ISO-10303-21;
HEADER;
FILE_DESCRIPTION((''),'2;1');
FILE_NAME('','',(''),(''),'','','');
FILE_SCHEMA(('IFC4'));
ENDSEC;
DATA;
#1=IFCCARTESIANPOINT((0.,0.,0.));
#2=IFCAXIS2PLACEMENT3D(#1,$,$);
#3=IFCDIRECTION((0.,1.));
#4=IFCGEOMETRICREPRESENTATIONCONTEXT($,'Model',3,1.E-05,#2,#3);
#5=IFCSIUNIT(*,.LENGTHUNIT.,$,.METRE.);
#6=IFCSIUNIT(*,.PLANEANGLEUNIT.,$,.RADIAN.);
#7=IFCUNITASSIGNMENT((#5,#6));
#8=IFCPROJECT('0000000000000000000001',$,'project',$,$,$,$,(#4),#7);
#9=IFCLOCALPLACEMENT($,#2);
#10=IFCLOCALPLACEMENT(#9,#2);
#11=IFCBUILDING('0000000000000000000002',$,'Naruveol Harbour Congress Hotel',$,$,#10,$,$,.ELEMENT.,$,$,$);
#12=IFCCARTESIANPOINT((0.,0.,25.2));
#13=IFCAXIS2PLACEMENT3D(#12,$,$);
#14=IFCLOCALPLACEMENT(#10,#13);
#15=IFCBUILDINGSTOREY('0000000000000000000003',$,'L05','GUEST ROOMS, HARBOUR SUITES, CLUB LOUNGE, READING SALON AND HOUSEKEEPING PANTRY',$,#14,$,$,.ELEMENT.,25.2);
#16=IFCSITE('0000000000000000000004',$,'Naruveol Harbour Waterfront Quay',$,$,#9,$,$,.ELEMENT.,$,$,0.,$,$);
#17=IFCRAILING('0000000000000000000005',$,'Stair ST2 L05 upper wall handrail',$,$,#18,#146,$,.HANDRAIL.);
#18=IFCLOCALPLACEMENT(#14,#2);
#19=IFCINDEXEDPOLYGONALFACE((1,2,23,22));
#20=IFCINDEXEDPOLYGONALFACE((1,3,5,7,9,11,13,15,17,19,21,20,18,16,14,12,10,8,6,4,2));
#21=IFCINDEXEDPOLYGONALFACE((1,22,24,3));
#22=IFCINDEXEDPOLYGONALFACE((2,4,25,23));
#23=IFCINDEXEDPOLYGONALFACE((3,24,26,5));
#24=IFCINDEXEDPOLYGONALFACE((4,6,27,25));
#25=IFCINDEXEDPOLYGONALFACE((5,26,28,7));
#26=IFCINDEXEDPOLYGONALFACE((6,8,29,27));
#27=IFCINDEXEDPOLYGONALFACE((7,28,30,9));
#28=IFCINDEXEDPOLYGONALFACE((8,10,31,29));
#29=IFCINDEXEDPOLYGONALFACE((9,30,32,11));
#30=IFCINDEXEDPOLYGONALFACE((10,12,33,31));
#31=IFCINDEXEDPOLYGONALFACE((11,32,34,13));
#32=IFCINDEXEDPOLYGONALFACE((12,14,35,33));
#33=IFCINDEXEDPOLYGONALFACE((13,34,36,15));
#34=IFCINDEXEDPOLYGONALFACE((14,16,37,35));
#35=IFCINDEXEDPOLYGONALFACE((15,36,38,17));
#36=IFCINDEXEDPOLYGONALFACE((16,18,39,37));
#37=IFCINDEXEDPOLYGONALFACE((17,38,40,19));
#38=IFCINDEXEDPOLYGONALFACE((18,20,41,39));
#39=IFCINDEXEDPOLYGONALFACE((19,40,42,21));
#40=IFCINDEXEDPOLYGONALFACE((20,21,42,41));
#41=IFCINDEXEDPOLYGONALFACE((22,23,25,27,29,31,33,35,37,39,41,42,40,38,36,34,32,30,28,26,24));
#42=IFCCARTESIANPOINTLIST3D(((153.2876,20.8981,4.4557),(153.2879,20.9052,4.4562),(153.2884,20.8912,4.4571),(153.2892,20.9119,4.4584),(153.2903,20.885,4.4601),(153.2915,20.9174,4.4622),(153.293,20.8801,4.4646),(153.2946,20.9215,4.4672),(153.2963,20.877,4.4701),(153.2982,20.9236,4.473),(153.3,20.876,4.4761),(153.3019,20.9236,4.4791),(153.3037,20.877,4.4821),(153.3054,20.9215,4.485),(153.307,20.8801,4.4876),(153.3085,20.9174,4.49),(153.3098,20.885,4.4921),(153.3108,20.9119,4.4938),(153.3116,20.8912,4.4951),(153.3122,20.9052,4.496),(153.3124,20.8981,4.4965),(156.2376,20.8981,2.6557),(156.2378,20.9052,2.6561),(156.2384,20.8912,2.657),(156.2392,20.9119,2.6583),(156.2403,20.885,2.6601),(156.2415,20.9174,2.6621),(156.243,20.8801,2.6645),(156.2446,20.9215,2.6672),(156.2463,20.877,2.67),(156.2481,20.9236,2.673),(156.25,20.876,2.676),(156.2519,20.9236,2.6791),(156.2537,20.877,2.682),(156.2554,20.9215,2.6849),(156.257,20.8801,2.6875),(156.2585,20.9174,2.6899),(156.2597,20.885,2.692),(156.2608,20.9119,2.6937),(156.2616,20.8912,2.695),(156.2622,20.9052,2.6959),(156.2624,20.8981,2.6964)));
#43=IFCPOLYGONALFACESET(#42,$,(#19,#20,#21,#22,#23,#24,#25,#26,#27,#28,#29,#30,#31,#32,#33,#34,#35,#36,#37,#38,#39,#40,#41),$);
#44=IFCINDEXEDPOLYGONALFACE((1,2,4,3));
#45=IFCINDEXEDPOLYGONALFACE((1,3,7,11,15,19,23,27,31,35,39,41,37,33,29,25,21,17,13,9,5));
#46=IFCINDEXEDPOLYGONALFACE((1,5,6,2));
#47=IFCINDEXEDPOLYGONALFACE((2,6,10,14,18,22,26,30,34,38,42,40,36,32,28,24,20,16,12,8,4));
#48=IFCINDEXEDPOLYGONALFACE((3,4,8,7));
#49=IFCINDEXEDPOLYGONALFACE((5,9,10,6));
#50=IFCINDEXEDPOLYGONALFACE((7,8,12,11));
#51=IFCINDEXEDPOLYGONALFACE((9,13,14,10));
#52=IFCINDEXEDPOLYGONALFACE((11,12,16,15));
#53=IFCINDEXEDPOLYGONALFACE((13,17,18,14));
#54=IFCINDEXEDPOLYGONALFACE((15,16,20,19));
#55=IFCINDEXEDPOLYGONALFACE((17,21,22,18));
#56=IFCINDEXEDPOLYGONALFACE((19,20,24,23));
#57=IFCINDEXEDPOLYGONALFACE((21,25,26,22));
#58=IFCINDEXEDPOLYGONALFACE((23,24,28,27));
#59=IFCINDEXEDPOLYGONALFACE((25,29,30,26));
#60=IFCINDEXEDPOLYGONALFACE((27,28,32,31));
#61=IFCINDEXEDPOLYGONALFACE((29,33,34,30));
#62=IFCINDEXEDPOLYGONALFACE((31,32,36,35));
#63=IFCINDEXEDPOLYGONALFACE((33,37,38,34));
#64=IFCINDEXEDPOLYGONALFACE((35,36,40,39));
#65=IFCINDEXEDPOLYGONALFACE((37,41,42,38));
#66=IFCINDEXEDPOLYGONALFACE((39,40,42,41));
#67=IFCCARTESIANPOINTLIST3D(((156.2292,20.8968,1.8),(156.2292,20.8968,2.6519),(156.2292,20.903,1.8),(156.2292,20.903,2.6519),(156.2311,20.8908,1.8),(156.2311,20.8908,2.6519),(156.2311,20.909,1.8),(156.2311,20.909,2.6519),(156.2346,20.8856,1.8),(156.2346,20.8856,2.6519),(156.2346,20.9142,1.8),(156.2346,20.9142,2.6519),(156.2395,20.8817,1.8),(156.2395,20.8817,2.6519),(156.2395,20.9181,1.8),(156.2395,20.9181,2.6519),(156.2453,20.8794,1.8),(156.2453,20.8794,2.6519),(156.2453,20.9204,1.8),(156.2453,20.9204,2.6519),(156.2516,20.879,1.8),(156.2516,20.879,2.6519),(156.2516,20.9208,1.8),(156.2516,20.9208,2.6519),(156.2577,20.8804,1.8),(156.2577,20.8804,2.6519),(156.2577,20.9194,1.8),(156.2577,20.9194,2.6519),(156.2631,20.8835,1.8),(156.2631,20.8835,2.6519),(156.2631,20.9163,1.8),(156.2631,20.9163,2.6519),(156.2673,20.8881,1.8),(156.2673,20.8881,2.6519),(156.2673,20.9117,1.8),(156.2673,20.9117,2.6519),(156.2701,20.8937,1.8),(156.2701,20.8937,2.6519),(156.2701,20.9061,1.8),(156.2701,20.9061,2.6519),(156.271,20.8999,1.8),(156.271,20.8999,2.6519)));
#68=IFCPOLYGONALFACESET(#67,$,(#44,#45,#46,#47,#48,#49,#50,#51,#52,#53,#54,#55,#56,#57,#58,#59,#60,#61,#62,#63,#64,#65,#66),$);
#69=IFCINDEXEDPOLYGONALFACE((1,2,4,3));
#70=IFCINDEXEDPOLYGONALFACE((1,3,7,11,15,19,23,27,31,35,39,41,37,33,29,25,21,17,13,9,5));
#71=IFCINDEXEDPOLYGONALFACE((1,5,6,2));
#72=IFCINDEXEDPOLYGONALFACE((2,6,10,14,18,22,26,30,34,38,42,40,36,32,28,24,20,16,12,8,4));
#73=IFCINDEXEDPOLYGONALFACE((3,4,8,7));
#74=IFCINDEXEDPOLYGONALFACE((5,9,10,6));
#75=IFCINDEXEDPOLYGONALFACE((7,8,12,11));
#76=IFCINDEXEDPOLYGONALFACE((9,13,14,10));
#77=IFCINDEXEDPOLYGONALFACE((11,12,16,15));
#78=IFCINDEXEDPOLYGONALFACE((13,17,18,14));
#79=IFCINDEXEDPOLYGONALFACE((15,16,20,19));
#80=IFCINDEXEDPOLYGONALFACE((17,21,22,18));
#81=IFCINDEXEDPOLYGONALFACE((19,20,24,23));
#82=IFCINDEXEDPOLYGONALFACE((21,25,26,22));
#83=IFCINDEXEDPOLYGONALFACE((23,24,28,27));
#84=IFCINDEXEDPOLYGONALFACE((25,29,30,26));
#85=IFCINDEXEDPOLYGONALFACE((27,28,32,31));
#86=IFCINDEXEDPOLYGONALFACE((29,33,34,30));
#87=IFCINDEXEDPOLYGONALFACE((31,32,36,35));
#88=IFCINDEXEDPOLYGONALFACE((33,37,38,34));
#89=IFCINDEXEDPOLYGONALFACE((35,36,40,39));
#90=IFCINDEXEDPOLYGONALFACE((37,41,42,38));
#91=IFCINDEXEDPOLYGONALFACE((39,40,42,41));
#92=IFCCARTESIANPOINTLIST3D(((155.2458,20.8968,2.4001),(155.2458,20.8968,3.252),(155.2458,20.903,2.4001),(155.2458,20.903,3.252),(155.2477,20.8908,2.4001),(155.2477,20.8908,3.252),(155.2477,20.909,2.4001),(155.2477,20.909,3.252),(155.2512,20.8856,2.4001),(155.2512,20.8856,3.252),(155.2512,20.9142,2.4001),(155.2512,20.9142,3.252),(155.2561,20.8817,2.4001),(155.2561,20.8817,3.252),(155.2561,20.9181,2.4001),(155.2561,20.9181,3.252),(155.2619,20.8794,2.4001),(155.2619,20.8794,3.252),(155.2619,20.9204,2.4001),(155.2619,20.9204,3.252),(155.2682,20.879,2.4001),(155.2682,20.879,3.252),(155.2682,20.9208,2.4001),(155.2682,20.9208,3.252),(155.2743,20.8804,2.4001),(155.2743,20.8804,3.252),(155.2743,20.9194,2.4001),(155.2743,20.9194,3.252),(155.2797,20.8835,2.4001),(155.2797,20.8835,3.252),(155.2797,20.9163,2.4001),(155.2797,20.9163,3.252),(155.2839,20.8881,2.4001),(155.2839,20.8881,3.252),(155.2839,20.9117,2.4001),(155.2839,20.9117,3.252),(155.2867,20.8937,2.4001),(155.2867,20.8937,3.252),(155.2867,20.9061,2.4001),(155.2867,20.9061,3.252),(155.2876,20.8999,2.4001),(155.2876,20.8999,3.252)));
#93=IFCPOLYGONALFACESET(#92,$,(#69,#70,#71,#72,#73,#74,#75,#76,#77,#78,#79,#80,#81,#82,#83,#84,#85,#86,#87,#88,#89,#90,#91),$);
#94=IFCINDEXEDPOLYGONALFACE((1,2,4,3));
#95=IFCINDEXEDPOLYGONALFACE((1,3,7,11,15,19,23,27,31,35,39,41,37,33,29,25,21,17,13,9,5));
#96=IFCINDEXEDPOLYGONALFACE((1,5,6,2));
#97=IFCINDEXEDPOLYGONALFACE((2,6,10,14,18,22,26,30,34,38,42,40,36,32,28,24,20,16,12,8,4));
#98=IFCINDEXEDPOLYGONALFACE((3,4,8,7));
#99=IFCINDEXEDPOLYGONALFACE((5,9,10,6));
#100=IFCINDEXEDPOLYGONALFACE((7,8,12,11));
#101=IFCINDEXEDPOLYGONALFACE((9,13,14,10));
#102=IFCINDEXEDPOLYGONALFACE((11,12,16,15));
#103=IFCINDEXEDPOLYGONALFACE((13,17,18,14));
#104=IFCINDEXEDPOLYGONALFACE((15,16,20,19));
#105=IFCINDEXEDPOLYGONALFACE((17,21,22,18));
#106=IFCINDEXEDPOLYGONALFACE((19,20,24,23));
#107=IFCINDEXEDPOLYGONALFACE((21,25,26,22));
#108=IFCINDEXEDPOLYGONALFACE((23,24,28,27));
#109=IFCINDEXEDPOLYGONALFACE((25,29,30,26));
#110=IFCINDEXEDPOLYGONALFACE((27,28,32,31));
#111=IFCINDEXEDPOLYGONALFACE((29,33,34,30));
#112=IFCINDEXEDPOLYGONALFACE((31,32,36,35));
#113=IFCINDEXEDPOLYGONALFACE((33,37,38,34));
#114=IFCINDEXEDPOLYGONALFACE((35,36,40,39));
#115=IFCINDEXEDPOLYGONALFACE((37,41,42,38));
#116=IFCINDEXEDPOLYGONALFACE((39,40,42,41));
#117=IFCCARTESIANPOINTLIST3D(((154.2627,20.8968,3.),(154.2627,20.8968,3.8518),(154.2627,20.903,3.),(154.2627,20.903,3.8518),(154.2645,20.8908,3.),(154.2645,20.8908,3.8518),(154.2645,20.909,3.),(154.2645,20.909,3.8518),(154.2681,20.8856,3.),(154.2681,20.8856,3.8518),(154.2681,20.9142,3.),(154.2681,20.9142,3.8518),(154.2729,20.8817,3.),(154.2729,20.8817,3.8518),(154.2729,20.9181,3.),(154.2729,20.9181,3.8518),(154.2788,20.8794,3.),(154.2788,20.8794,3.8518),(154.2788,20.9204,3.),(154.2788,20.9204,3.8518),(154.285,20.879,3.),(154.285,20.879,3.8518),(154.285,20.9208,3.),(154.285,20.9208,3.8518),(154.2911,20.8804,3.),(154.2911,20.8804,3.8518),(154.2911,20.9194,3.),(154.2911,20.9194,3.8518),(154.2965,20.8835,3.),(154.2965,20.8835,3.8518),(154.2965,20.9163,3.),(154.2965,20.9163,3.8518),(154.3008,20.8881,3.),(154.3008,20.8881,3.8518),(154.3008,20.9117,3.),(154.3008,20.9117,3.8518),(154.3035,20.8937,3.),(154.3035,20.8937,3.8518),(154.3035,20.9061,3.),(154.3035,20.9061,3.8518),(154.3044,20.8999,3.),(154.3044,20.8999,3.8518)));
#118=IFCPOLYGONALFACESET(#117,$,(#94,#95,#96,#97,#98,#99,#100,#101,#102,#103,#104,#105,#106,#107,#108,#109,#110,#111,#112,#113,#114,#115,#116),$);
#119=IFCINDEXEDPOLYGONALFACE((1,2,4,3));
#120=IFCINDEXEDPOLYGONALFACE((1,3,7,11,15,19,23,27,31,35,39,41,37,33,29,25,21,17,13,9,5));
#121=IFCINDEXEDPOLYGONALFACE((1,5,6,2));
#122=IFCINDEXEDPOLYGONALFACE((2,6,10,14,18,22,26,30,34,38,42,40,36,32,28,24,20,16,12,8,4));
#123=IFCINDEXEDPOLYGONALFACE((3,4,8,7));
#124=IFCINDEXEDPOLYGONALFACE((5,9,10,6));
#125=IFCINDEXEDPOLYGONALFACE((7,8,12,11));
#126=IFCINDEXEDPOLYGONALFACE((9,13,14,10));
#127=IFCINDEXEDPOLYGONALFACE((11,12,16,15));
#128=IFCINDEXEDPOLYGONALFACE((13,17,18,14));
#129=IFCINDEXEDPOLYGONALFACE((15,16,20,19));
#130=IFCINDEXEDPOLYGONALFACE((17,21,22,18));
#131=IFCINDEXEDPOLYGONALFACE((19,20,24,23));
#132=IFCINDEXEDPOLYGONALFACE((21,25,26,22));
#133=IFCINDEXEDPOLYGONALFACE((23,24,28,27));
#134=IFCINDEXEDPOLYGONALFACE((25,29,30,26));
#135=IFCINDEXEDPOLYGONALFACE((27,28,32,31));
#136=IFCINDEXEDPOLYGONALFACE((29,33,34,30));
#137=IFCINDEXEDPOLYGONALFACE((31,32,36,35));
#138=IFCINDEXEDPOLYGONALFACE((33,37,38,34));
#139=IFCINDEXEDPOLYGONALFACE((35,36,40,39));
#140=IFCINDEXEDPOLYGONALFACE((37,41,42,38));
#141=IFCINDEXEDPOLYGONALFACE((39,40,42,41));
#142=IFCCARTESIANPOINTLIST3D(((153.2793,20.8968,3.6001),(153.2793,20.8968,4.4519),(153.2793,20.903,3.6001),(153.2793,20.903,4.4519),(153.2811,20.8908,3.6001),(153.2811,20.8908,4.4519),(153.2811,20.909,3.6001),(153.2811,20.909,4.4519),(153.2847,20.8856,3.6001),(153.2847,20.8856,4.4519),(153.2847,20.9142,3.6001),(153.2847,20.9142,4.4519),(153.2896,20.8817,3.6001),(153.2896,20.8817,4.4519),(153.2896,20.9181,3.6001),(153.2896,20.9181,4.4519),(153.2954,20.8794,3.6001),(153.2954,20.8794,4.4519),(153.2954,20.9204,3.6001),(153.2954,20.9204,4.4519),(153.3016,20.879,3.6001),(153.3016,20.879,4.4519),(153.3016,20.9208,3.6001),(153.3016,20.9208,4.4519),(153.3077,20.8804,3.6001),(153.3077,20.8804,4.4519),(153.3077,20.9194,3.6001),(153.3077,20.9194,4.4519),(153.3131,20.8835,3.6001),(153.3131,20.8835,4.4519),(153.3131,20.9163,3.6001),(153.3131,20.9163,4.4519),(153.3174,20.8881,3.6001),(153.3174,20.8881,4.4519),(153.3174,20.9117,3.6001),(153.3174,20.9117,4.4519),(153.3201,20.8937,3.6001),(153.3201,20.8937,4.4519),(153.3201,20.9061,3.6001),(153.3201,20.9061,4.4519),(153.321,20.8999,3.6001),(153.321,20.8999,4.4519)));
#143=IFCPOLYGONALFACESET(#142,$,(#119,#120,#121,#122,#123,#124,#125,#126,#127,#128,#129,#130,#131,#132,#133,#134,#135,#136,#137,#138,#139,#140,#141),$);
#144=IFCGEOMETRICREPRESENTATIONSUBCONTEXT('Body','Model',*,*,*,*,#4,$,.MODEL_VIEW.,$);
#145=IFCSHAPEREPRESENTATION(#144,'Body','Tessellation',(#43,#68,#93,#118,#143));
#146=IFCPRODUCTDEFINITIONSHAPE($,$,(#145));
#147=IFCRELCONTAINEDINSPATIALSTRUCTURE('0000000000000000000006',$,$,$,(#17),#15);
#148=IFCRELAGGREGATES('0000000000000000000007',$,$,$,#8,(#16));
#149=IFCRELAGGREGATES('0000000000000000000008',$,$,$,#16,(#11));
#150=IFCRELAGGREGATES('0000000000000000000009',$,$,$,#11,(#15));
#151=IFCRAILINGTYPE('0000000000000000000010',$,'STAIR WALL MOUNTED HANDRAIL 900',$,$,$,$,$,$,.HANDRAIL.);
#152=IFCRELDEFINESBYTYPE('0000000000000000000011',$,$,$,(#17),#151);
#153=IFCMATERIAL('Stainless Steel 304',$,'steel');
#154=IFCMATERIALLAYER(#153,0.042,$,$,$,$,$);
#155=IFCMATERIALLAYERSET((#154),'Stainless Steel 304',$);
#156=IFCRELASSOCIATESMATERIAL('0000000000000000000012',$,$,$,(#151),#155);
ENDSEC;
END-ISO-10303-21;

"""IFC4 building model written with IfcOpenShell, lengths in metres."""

from ifc_helpers import new_model, si_unit, direction, frame, origin, origin_2d, place, context, subcontext, project, spatial, circle, extrude, material, layer, layer_set, type_object, element, save


model = new_model("IFC4")

# Units and contexts
model_context = context("Model", 3, precision=1e-05, world=origin(), true_north=direction((0.0, 1.0)))
body_context = subcontext(model_context, "Body", "Model", "MODEL_VIEW")
ifc_project = project(units=[si_unit("LENGTHUNIT", "METRE"), si_unit("PLANEANGLEUNIT", "RADIAN")], contexts=[model_context])

# Site, building, storey
site_placement = place(None, origin())
site = spatial("IfcSite", under=ifc_project, at=site_placement, Name="Naruveol Harbour Waterfront Quay", CompositionType="ELEMENT", RefElevation=0.0)
building_placement = place(site_placement, origin())
building = spatial("IfcBuilding", under=site, at=building_placement, Name="Naruveol Harbour Congress Hotel", CompositionType="ELEMENT")
storey_placement = place(building_placement, frame((0.0, 0.0, 25.2)))
storey = spatial("IfcBuildingStorey", under=building, at=storey_placement, Name="L05", Description="GUEST ROOMS, HARBOUR SUITES, CLUB LOUNGE, READING SALON AND HOUSEKEEPING PANTRY", CompositionType="ELEMENT", Elevation=25.2)

# Railing
ifc_material_1 = material(Name="Stainless Steel 304", Category="steel")
ifc_layer_1 = layer(ifc_material_1, 0.042)
ifc_layer_set_1 = layer_set([ifc_layer_1], Name="Stainless Steel 304")
railing_type_1 = type_object("IfcRailingType", Name="STAIR WALL MOUNTED HANDRAIL 900", PredefinedType="HANDRAIL", material=ifc_layer_set_1)
railing_1_placement = place(storey_placement, frame((156.25, 20.8999, 1.8)))
element("IfcRailing", 1, at=railing_1_placement, inside=storey, type_object=railing_type_1, Name="Stair ST2 L05 upper wall handrail", PredefinedType="HANDRAIL", context=body_context, shape_type="SweptSolid", body=[
    extrude(circle(Radius=0.0239, at=origin_2d()), frame((0.0, 0.0, 0.876), z_axis=(-0.853629, 0.0, 0.520881), x_axis=(0.0, -1.0, 0.0)), (0.0, 0.0, 1.0), 3.4558),
    extrude(circle(Radius=0.021, at=origin_2d()), origin(), (0.0, 0.0, 1.0), 0.8518),
    extrude(circle(Radius=0.021, at=origin_2d()), frame((-0.9834, 0.0, 0.6001)), (0.0, 0.0, 1.0), 0.8518),
    extrude(circle(Radius=0.021, at=origin_2d()), frame((-1.9666, 0.0, 1.2)), (0.0, 0.0, 1.0), 0.8518),
    extrude(circle(Radius=0.021, at=origin_2d()), frame((-2.95, 0.0, 1.8)), (0.0, 0.0, 1.0), 0.8518),
])

save(model, "model.ifc")
